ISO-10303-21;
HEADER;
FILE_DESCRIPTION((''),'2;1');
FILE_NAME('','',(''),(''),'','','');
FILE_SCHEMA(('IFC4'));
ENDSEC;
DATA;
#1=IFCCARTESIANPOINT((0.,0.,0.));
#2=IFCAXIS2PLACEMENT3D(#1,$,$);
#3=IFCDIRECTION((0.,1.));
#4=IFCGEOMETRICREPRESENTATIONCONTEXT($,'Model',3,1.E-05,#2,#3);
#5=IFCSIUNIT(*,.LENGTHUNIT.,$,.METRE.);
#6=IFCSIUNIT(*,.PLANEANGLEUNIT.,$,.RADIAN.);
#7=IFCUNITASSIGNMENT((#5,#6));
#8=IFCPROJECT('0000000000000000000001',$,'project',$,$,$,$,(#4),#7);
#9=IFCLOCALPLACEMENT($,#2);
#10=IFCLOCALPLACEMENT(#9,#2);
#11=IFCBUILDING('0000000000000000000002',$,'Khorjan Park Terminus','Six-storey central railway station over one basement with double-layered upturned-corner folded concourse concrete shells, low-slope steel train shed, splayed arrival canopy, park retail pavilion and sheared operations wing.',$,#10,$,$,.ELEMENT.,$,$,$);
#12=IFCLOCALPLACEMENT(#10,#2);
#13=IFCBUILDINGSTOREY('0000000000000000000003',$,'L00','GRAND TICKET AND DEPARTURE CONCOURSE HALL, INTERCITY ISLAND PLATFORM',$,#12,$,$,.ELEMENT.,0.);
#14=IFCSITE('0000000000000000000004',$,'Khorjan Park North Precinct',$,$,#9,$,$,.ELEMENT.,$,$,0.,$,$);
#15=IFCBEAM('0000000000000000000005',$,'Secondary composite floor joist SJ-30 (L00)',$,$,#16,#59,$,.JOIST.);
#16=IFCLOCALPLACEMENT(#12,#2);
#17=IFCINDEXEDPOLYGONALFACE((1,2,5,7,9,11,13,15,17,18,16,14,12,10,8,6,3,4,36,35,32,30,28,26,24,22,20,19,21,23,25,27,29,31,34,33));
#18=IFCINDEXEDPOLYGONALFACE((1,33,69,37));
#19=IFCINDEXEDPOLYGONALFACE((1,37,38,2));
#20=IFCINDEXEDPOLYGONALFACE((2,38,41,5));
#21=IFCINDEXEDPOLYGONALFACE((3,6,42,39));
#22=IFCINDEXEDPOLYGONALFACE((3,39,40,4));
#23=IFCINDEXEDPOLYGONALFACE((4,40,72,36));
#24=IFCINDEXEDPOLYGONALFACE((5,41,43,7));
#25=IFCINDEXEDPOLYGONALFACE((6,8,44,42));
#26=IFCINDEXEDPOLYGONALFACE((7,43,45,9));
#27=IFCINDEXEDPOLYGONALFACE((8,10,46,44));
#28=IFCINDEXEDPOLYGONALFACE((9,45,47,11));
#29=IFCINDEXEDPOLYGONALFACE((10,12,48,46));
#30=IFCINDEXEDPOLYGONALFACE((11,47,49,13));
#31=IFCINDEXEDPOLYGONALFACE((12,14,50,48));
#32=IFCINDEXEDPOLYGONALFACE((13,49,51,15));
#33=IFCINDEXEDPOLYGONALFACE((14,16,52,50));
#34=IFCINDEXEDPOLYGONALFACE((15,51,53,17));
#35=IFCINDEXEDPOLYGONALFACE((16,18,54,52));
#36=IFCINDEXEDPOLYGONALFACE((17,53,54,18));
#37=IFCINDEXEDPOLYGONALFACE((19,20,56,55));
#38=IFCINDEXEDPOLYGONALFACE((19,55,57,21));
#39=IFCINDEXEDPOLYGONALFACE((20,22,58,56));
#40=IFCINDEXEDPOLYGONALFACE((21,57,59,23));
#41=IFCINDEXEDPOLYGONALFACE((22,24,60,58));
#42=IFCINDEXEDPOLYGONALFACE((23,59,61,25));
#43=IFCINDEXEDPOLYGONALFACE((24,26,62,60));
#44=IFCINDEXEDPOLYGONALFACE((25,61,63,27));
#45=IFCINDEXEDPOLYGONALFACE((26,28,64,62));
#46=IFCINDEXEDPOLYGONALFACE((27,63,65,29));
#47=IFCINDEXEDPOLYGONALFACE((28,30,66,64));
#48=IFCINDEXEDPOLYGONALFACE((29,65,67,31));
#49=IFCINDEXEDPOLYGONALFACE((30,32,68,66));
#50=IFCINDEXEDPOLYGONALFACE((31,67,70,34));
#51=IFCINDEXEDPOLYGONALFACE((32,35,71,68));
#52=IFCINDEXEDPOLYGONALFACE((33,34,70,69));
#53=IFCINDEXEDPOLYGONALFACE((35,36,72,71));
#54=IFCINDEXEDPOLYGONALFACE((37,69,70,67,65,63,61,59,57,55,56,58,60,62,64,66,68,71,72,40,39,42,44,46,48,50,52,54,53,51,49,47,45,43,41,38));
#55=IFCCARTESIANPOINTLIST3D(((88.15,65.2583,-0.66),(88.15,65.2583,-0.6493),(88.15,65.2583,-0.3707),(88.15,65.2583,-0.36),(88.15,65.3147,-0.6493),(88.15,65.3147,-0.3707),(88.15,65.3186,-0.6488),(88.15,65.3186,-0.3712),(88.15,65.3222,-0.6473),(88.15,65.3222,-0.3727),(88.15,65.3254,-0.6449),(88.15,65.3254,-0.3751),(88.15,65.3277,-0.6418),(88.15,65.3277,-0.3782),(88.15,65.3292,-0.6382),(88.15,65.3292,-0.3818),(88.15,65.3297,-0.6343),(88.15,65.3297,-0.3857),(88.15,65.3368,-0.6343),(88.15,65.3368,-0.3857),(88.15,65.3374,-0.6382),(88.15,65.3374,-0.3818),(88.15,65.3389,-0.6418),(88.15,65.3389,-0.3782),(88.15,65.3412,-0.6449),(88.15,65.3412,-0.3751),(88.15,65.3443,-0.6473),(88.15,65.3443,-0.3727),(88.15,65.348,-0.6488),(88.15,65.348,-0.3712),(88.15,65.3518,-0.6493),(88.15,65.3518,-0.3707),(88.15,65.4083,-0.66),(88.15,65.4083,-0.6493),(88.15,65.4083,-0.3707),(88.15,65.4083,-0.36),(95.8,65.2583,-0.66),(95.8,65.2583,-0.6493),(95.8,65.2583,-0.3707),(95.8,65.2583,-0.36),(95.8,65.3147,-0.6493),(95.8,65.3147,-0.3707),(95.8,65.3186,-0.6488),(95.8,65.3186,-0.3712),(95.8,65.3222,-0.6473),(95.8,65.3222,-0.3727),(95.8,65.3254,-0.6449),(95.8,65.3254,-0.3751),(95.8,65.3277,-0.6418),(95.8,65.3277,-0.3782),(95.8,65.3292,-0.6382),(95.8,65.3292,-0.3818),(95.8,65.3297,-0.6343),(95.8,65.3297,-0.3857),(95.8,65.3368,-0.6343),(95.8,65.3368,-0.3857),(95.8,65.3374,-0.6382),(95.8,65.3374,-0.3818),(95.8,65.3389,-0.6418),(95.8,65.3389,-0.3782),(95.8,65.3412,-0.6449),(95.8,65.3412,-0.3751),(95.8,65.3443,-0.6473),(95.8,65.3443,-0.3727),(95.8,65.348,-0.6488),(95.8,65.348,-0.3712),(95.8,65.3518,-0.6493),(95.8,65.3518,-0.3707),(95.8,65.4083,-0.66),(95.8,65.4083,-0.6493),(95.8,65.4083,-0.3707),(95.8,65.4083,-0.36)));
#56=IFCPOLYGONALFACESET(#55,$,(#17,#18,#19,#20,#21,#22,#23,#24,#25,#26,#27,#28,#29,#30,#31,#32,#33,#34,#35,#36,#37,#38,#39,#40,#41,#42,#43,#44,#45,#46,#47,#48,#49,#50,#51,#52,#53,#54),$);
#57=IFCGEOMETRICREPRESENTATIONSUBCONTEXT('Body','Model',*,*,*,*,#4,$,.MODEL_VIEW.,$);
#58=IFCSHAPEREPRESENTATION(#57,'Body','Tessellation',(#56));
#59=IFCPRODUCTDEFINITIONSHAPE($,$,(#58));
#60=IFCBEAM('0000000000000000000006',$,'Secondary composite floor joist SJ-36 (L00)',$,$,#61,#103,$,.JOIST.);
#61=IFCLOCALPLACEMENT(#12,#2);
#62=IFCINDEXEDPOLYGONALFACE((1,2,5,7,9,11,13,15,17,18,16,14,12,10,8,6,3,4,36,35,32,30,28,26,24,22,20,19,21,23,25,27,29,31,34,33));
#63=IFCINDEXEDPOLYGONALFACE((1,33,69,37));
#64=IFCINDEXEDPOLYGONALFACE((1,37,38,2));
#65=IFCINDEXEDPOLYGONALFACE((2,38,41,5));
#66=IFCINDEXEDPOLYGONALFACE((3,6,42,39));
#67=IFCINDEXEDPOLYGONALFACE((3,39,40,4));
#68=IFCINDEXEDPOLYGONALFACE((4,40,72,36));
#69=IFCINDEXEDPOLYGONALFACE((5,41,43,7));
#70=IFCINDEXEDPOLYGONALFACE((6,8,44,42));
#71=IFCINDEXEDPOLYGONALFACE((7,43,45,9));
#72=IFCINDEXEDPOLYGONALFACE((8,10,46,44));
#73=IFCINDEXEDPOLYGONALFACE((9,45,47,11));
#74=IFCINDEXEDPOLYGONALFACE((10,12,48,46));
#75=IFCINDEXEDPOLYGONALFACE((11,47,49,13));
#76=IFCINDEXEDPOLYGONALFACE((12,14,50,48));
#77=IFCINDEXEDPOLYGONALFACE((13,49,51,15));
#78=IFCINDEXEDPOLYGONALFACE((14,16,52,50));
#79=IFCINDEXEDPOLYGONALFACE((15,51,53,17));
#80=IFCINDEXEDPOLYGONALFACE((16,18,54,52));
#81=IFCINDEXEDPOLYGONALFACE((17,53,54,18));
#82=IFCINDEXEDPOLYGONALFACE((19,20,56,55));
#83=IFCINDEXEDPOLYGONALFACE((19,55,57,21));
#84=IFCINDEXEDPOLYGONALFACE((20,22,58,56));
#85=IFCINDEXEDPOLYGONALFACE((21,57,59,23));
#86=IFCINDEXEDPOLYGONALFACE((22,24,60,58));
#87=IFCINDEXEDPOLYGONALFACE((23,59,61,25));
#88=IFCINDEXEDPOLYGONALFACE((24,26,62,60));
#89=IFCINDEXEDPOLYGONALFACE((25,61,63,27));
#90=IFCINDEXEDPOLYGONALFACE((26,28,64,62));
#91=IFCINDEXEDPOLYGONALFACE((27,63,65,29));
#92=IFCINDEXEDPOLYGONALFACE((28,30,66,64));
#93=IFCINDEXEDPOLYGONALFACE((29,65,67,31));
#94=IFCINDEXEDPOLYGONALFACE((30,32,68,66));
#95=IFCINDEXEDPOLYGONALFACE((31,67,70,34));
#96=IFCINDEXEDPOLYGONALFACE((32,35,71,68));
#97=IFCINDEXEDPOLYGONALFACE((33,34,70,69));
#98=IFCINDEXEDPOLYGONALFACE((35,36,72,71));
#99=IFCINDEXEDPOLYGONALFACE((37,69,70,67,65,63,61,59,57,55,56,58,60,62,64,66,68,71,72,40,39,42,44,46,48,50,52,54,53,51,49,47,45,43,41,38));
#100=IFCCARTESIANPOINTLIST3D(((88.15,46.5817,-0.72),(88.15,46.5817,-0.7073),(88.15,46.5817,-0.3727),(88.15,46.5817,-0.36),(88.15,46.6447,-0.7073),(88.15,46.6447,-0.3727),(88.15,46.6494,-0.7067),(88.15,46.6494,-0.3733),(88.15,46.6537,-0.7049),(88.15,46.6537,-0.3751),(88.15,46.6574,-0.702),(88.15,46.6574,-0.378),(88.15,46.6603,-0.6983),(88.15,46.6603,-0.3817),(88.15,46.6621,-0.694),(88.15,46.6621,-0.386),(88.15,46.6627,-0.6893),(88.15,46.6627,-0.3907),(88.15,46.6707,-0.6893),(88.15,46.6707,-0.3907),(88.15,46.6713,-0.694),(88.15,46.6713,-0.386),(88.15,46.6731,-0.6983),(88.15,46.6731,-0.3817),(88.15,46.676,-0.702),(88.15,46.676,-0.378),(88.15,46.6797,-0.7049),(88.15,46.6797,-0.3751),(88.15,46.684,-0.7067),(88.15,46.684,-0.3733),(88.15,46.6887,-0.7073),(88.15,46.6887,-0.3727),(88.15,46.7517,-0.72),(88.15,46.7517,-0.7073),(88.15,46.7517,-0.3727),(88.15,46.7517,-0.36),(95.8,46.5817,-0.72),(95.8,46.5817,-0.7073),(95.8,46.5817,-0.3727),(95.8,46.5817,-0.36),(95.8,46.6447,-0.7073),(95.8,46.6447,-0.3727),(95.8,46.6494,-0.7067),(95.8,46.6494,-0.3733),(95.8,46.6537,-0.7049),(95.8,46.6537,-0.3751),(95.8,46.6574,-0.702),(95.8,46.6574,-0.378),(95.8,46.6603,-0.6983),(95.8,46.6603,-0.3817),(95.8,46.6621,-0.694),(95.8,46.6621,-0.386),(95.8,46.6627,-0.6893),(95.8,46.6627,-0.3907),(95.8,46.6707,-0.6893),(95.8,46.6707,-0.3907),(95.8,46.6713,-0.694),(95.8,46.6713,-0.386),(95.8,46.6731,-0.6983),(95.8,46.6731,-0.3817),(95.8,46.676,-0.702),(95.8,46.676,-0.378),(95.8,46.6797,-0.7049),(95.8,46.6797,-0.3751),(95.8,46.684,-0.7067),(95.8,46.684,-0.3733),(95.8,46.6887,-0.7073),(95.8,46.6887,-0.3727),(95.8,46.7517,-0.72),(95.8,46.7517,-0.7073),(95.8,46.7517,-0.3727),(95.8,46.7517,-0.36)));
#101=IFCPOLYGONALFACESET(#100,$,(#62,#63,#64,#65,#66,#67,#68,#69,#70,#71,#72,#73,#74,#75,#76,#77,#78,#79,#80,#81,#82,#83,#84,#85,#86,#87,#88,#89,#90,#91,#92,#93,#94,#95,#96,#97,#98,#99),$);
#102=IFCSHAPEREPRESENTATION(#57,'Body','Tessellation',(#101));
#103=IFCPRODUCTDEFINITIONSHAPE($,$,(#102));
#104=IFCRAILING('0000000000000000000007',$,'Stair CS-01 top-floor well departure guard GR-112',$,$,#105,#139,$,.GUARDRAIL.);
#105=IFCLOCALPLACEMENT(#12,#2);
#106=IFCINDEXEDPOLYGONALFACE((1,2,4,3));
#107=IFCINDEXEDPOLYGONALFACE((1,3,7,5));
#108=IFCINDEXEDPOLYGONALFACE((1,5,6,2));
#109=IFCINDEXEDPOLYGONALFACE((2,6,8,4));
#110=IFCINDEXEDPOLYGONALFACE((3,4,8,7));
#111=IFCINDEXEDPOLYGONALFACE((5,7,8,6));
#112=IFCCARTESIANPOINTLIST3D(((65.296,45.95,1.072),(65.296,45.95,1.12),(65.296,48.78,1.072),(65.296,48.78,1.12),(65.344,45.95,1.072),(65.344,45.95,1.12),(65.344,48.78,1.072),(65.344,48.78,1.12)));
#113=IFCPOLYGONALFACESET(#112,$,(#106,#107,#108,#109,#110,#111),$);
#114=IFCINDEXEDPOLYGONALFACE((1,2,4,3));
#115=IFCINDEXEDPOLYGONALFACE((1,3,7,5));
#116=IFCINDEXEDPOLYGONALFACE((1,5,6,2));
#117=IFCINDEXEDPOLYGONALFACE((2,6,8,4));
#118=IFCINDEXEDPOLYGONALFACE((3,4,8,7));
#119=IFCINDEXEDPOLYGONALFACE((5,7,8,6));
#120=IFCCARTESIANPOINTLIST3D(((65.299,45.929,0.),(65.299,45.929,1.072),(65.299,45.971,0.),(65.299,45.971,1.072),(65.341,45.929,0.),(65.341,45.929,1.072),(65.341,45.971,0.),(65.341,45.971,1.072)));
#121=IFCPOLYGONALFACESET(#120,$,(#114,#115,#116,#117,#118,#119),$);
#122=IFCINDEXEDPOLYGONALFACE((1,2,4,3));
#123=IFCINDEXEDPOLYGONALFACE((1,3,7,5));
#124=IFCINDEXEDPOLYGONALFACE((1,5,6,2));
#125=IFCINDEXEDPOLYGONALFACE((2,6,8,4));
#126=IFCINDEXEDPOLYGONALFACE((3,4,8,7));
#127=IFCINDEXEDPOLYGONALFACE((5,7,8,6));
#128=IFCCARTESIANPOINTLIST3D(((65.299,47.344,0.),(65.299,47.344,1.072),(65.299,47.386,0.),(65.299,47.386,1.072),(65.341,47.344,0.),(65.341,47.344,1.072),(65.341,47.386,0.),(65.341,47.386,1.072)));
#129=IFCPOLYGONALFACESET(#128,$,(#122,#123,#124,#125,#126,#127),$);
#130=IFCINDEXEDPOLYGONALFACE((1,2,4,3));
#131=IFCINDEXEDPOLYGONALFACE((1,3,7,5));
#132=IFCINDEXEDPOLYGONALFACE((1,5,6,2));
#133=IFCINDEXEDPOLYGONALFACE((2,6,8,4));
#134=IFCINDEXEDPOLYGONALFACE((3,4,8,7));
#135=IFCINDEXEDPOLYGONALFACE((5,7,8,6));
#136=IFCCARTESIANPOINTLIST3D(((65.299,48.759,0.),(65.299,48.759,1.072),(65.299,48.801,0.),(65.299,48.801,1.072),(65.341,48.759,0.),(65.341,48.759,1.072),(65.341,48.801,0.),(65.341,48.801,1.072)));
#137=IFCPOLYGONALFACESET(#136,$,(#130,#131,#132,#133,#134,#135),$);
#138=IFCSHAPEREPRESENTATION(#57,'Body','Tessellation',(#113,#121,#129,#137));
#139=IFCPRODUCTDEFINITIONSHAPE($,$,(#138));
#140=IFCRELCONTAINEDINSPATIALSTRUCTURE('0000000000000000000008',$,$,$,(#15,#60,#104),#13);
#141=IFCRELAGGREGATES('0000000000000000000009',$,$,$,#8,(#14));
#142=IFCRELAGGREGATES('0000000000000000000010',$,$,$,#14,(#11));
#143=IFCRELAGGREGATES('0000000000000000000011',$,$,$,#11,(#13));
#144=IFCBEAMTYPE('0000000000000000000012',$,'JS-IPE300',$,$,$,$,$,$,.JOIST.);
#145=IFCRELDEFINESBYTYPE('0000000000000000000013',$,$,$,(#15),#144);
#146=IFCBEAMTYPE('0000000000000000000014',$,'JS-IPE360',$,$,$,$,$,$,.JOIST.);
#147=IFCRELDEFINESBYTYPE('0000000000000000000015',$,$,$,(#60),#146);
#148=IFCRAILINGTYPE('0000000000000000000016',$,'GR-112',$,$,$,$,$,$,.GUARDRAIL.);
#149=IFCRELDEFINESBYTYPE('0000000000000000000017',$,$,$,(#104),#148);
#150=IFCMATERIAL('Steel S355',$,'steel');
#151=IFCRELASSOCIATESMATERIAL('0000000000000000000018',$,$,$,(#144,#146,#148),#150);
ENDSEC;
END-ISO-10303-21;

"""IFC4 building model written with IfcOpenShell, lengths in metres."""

from ifc_helpers import new_model, si_unit, direction, frame, origin, origin_2d, place, context, subcontext, project, spatial, rectangle, i_section, extrude, material, material_profile, profile_set, type_object, element, save


model = new_model("IFC4")

# Units and contexts
model_context = context("Model", 3, precision=1e-05, world=origin(), true_north=direction((0.0, 1.0)))
body_context = subcontext(model_context, "Body", "Model", "MODEL_VIEW")
ifc_project = project(units=[si_unit("LENGTHUNIT", "METRE"), si_unit("PLANEANGLEUNIT", "RADIAN")], contexts=[model_context])

# Site, building, storey
site_placement = place(None, origin())
site = spatial("IfcSite", under=ifc_project, at=site_placement, Name="Khorjan Park North Precinct", CompositionType="ELEMENT", RefElevation=0.0)
building_placement = place(site_placement, origin())
building = spatial("IfcBuilding", under=site, at=building_placement, Name="Khorjan Park Terminus", Description="Six-storey central railway station over one basement with double-layered upturned-corner folded concourse concrete shells, low-slope steel train shed, splayed arrival canopy, park retail pavilion and sheared operations wing.", CompositionType="ELEMENT")
storey_placement = place(building_placement, origin())
storey = spatial("IfcBuildingStorey", under=building, at=storey_placement, Name="L00", Description="GRAND TICKET AND DEPARTURE CONCOURSE HALL, INTERCITY ISLAND PLATFORM", CompositionType="ELEMENT", Elevation=0.0)

# Shared definitions
ifc_material_1 = material(Name="Steel S355", Category="steel")

# Beams
ifc_material_profile_1 = material_profile(ifc_material_1, i_section(OverallWidth=0.15, OverallDepth=0.3, WebThickness=0.0071, FlangeThickness=0.0107, FilletRadius=0.015, at=origin_2d()), Name="IPE 300")
ifc_profile_set_1 = profile_set([ifc_material_profile_1], Name="Steel S355")
beam_type_1 = type_object("IfcBeamType", Name="JS-IPE300", PredefinedType="JOIST", material=ifc_profile_set_1)
beam_1_placement = place(storey_placement, frame((88.15, 65.3333, -0.51), z_axis=(1.0, 0.0, 0.0), x_axis=(0.0, 1.0, 0.0)))
element("IfcBeam", 1, at=beam_1_placement, inside=storey, type_object=beam_type_1, Name="Secondary composite floor joist SJ-30 (L00)", PredefinedType="JOIST", context=body_context, shape_type="SweptSolid", body=[
    extrude(i_section(OverallWidth=0.15, OverallDepth=0.3, WebThickness=0.0071, FlangeThickness=0.0107, FilletRadius=0.015, at=origin_2d()), origin(), (0.0, 0.0, 1.0), 7.65),
])
ifc_material_profile_2 = material_profile(ifc_material_1, i_section(OverallWidth=0.17, OverallDepth=0.36, WebThickness=0.008, FlangeThickness=0.0127, FilletRadius=0.018, at=origin_2d()), Name="IPE 360")
ifc_profile_set_2 = profile_set([ifc_material_profile_2], Name="Steel S355")
beam_type_2 = type_object("IfcBeamType", Name="JS-IPE360", PredefinedType="JOIST", material=ifc_profile_set_2)
beam_2_placement = place(storey_placement, frame((88.15, 46.6667, -0.54), z_axis=(1.0, 0.0, 0.0), x_axis=(0.0, 1.0, 0.0)))
element("IfcBeam", 2, at=beam_2_placement, inside=storey, type_object=beam_type_2, Name="Secondary composite floor joist SJ-36 (L00)", PredefinedType="JOIST", context=body_context, shape_type="SweptSolid", body=[
    extrude(i_section(OverallWidth=0.17, OverallDepth=0.36, WebThickness=0.008, FlangeThickness=0.0127, FilletRadius=0.018, at=origin_2d()), origin(), (0.0, 0.0, 1.0), 7.65),
])

# Railing
railing_type_1 = type_object("IfcRailingType", Name="GR-112", PredefinedType="GUARDRAIL", material=ifc_material_1)
railing_1_placement = place(storey_placement, frame((65.32, 45.95, 0.0)))
element("IfcRailing", 3, at=railing_1_placement, inside=storey, type_object=railing_type_1, Name="Stair CS-01 top-floor well departure guard GR-112", PredefinedType="GUARDRAIL", context=body_context, shape_type="SweptSolid", body=[
    extrude(rectangle(XDim=0.048, YDim=0.048, at=origin_2d()), frame((0.0, 0.0, 1.096), z_axis=(0.0, 1.0, 0.0), x_axis=(-1.0, 0.0, 0.0)), (0.0, 0.0, 1.0), 2.83),
    extrude(rectangle(XDim=0.042, YDim=0.042, at=origin_2d()), origin(), (0.0, 0.0, 1.0), 1.072),
    extrude(rectangle(XDim=0.042, YDim=0.042, at=origin_2d()), frame((0.0, 1.415, 0.0)), (0.0, 0.0, 1.0), 1.072),
    extrude(rectangle(XDim=0.042, YDim=0.042, at=origin_2d()), frame((0.0, 2.83, 0.0)), (0.0, 0.0, 1.0), 1.072),
])

save(model, "model.ifc")
